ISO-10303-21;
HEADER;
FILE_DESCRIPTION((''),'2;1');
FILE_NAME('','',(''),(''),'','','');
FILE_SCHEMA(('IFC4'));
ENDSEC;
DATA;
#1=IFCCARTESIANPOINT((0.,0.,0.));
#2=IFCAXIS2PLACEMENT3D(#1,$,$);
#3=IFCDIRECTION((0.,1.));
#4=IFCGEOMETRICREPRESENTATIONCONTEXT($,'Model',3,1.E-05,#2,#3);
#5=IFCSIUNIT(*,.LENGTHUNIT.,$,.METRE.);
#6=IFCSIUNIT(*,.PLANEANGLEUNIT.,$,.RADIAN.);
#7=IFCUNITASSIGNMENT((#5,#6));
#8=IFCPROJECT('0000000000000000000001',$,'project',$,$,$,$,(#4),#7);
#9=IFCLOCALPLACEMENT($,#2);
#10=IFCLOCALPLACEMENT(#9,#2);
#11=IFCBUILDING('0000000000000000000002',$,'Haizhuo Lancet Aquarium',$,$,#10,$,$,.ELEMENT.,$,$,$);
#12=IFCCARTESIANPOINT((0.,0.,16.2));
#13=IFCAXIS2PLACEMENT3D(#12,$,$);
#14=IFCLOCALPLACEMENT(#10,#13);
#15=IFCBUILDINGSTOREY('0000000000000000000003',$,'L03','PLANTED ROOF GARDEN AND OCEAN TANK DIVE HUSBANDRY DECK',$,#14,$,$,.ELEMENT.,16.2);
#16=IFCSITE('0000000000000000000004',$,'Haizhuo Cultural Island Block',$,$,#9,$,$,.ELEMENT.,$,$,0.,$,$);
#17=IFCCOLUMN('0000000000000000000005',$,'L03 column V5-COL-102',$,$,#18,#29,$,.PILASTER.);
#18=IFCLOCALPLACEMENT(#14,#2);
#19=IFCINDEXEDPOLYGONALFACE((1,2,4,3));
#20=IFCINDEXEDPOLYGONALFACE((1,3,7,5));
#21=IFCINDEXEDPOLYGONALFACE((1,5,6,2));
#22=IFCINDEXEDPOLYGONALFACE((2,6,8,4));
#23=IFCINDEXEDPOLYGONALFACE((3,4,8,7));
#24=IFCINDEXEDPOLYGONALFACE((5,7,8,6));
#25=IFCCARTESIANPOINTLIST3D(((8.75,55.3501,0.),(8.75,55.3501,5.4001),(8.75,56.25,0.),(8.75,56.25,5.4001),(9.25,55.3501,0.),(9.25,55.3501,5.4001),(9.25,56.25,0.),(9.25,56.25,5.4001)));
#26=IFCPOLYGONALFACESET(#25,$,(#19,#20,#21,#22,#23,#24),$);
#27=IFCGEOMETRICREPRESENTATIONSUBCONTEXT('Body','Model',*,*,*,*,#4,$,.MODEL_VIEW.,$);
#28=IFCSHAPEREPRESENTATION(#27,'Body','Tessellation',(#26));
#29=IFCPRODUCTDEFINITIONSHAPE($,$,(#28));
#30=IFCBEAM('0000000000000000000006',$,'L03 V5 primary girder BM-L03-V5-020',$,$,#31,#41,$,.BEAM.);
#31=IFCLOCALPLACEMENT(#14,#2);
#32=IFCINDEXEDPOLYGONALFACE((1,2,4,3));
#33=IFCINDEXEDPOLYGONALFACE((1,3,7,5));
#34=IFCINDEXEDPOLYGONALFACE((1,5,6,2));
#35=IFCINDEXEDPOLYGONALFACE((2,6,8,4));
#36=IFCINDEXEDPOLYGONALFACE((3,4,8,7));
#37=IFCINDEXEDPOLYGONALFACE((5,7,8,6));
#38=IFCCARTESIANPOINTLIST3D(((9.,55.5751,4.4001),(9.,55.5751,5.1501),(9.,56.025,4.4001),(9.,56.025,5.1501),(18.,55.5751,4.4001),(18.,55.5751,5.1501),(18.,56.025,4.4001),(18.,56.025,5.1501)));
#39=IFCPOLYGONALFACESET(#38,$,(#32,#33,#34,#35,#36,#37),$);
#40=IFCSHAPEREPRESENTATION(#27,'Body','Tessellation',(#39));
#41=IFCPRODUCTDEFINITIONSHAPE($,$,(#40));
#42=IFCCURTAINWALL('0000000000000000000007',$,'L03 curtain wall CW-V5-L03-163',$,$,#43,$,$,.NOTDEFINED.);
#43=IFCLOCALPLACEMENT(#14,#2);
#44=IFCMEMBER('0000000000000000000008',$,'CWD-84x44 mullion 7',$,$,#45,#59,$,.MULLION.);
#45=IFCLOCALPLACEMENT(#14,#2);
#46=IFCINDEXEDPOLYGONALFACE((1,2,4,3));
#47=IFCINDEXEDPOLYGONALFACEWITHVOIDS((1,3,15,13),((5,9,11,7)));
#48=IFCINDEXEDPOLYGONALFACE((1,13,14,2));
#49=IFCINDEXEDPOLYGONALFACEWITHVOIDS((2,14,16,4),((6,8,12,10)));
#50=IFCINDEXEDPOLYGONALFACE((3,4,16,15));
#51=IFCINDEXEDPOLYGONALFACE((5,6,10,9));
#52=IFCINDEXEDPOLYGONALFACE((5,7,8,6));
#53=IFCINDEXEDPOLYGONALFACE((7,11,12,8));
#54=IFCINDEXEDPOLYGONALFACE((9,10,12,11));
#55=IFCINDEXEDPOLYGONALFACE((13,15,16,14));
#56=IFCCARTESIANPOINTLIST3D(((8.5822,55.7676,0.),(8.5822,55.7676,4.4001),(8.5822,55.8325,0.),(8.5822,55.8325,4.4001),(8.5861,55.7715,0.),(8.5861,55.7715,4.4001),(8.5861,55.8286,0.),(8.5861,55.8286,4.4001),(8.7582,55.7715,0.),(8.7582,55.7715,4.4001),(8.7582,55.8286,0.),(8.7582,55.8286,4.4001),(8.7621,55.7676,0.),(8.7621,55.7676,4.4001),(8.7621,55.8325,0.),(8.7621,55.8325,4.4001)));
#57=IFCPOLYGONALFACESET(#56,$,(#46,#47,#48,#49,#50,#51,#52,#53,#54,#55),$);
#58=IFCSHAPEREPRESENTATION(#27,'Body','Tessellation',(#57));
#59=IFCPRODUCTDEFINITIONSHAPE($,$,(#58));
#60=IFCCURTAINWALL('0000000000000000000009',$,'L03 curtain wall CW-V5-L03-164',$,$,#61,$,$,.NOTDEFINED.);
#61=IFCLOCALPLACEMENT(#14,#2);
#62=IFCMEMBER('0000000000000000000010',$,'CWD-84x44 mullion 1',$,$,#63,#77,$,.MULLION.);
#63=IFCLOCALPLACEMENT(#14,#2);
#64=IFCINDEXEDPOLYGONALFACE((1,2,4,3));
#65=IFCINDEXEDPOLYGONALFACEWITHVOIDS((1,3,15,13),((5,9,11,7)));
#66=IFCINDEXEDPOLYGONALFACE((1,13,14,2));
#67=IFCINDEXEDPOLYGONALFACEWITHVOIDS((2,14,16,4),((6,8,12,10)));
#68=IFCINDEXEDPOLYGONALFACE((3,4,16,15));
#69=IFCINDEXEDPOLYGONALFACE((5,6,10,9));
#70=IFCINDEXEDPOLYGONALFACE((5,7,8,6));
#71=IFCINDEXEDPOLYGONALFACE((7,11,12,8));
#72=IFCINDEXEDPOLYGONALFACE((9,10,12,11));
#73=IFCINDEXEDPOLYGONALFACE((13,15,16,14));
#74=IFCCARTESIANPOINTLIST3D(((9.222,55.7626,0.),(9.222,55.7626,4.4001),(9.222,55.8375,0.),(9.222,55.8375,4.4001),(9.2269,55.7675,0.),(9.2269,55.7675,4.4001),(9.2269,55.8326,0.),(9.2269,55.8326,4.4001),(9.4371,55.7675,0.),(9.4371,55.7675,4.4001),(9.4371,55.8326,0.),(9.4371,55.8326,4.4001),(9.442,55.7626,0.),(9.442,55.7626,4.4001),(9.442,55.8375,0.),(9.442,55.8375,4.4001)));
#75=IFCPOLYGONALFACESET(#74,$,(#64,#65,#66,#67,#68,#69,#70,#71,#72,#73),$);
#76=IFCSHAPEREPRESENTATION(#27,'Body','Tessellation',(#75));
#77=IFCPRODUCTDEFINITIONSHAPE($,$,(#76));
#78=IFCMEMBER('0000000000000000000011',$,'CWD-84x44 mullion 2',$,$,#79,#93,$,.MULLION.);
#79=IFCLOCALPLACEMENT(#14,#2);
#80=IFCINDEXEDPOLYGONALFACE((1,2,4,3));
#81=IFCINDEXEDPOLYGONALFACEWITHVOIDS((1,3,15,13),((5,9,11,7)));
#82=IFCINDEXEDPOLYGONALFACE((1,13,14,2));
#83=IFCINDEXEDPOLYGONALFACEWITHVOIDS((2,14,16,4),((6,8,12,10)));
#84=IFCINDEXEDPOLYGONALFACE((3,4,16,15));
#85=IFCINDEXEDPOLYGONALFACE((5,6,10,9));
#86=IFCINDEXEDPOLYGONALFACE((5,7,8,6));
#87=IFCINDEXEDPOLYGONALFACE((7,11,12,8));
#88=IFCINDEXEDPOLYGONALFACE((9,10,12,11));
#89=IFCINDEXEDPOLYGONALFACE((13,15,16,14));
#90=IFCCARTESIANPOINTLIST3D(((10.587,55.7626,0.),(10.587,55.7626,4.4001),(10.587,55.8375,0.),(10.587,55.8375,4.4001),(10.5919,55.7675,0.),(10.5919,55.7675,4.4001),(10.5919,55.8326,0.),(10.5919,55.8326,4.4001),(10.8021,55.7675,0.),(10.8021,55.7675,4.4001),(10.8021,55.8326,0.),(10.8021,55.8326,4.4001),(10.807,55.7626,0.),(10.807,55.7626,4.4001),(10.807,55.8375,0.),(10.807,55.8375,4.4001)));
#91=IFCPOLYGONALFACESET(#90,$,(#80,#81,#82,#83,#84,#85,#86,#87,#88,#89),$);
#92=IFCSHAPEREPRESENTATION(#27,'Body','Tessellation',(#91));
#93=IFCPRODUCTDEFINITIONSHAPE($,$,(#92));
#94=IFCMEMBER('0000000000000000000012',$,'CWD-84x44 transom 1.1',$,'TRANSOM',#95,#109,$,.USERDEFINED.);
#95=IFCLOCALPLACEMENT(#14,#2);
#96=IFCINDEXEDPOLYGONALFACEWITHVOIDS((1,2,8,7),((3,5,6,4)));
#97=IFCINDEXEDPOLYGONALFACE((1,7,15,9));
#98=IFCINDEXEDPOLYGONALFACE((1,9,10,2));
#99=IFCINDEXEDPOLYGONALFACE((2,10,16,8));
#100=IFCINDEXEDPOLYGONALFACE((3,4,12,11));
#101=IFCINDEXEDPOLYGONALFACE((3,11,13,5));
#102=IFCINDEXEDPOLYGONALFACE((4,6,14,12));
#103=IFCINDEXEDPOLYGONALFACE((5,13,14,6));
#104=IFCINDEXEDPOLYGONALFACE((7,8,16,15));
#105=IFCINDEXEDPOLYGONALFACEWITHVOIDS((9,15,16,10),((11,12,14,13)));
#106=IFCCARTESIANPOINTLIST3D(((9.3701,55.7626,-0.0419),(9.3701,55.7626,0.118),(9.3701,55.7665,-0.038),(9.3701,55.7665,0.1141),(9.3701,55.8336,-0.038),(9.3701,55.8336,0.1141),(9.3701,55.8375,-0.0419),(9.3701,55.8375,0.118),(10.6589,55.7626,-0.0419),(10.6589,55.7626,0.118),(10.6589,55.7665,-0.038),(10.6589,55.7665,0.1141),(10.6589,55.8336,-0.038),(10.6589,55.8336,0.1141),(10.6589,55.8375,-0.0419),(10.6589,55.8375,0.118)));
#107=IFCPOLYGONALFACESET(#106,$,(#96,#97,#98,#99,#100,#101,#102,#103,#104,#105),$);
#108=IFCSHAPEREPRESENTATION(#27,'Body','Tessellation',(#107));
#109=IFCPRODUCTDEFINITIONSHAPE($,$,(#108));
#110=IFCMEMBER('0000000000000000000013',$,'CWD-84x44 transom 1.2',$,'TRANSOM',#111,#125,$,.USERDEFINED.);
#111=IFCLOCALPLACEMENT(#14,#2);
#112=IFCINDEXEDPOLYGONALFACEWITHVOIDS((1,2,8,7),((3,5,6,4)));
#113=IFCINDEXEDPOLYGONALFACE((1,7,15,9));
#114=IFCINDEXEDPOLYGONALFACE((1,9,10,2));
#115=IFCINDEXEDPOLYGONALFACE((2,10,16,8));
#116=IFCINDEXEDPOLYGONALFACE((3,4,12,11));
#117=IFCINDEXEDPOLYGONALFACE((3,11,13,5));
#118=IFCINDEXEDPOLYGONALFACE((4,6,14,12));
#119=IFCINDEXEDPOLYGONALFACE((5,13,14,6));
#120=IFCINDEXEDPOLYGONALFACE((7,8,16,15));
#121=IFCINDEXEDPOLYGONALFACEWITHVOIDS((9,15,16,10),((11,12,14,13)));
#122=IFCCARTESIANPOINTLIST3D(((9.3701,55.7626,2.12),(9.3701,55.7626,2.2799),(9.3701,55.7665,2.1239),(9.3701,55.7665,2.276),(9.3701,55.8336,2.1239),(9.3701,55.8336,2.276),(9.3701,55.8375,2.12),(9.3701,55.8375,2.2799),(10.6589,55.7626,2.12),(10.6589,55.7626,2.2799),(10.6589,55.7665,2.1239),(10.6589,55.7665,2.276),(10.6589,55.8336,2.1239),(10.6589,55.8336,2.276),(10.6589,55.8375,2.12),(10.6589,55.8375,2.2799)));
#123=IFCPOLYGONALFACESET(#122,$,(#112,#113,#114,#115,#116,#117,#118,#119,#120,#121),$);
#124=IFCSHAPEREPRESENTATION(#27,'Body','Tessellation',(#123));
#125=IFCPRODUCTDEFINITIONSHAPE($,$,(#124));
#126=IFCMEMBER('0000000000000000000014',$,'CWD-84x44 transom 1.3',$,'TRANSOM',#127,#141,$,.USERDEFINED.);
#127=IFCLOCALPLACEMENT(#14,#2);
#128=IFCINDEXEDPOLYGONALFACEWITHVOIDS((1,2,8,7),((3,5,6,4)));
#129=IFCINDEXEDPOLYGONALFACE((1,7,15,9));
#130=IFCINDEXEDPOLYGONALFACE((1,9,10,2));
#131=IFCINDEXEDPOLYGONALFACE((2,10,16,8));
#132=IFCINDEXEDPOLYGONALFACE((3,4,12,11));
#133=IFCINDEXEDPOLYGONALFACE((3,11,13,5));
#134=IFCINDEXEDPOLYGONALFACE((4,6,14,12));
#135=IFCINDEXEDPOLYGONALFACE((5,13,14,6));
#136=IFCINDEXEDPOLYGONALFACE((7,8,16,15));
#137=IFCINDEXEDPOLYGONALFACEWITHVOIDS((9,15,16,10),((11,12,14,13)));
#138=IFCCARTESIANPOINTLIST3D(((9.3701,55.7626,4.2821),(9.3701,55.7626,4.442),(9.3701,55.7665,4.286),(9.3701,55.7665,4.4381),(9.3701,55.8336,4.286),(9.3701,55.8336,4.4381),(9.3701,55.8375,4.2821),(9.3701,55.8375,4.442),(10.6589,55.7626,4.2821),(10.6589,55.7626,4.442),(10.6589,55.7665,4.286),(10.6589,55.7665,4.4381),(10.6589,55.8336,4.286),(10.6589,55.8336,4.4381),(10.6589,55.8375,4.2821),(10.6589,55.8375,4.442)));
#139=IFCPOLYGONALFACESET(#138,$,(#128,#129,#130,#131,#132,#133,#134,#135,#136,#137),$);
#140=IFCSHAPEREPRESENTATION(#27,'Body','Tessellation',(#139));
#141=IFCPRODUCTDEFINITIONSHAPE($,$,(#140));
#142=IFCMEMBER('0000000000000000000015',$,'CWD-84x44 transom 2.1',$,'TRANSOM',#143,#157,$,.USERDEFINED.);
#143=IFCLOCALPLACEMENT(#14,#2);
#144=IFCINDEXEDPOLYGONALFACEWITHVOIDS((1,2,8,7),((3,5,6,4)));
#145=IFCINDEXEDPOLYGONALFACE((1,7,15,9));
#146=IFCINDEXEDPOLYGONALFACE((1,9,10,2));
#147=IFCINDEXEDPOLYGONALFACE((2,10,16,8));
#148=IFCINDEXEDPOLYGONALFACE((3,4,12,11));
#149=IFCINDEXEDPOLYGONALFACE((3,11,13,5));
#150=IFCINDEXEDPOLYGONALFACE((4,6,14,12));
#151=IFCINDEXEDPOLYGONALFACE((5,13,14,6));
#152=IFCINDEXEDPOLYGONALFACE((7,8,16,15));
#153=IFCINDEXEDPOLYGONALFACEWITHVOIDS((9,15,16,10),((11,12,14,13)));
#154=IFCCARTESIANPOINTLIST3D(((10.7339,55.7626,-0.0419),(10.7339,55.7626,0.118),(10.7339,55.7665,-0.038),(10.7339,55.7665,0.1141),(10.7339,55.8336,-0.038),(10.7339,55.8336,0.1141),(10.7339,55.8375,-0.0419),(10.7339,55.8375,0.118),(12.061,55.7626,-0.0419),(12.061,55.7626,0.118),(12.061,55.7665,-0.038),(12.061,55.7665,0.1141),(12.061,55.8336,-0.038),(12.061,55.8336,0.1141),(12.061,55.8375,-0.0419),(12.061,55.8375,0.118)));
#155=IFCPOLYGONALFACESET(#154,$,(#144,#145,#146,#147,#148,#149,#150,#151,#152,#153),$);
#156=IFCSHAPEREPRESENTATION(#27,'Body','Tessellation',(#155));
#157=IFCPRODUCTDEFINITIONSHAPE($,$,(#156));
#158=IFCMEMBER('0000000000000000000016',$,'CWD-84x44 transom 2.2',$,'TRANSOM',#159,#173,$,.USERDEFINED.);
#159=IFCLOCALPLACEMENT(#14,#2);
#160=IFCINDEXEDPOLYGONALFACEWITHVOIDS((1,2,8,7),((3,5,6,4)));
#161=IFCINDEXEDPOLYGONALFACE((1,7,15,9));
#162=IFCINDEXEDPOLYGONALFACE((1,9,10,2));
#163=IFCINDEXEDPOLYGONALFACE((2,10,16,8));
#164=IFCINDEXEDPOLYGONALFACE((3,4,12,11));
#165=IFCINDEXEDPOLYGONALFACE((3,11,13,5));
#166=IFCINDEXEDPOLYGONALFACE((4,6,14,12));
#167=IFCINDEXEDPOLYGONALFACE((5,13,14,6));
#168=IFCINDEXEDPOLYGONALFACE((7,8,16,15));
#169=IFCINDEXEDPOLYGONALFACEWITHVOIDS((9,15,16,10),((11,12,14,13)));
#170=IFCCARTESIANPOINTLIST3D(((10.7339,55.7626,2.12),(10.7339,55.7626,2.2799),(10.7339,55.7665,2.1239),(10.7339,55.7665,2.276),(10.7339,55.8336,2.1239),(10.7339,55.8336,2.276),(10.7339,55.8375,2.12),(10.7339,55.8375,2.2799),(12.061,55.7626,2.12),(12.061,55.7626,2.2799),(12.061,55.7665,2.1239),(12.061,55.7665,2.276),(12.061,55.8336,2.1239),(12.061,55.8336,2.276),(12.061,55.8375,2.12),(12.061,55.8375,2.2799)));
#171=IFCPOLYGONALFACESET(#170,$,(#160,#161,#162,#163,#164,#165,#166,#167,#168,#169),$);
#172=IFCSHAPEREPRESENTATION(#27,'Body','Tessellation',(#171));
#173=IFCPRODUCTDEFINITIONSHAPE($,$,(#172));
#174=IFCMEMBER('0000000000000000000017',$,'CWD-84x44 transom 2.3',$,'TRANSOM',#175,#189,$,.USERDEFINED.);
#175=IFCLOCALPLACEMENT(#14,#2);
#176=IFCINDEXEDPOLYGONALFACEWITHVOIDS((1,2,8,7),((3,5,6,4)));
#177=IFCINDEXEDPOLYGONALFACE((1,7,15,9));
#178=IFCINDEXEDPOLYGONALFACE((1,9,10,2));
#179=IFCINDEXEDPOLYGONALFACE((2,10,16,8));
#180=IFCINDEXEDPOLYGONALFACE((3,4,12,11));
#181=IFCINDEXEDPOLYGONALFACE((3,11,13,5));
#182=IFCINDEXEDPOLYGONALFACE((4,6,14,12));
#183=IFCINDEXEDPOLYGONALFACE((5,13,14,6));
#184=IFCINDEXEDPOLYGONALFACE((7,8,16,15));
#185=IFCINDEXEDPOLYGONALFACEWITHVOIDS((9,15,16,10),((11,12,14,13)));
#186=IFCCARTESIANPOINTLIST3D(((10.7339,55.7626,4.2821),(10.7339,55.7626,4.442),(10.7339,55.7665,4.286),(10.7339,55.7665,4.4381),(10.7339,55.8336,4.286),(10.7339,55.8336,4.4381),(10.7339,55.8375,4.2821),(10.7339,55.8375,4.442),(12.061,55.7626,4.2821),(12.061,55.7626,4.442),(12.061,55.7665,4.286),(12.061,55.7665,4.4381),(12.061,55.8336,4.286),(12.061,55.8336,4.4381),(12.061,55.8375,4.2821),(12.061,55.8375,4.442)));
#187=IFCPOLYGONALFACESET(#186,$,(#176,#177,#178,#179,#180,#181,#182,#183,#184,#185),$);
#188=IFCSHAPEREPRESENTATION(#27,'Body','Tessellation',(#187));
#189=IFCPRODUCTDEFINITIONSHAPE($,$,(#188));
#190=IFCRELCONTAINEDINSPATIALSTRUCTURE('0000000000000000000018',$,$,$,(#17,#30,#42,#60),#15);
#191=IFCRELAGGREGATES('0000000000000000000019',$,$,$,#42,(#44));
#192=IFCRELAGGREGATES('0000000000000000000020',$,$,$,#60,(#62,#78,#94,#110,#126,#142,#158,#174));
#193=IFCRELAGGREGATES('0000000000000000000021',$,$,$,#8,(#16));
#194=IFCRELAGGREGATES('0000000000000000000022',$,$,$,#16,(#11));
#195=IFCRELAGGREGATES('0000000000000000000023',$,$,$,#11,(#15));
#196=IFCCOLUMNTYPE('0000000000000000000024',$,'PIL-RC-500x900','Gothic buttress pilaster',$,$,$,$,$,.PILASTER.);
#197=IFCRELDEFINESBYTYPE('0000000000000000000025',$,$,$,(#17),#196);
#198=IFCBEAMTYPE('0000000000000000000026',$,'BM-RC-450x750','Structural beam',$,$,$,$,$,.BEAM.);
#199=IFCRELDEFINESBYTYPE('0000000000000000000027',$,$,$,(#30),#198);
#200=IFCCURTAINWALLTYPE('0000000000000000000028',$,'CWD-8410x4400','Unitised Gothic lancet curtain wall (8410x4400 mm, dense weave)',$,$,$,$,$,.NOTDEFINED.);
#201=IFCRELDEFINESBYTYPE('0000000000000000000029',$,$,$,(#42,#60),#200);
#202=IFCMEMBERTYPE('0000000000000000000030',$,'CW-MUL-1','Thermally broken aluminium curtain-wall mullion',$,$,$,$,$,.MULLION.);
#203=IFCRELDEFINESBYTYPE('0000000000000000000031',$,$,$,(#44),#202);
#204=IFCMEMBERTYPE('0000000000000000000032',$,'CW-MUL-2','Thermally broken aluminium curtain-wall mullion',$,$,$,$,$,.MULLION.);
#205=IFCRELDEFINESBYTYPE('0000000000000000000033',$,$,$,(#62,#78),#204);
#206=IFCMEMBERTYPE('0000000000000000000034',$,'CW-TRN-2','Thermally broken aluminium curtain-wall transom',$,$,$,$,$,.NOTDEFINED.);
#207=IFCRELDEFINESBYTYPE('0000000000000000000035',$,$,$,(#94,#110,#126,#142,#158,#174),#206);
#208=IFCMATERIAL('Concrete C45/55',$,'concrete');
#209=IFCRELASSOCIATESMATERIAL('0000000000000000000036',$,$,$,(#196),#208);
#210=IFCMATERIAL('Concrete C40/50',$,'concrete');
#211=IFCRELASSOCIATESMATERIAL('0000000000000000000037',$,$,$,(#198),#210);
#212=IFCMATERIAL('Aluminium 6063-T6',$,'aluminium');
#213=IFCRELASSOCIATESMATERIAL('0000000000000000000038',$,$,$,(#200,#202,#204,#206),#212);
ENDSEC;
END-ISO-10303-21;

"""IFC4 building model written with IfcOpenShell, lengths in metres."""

from ifc_helpers import new_model, si_unit, direction, frame, origin, origin_2d, place, context, subcontext, project, spatial, rectangle, hollow_rectangle, extrude, material, material_profile, profile_set, type_object, element, aggregate, save


model = new_model("IFC4")

# Units and contexts
model_context = context("Model", 3, precision=1e-05, world=origin(), true_north=direction((0.0, 1.0)))
body_context = subcontext(model_context, "Body", "Model", "MODEL_VIEW")
ifc_project = project(units=[si_unit("LENGTHUNIT", "METRE"), si_unit("PLANEANGLEUNIT", "RADIAN")], contexts=[model_context])

# Site, building, storey
site_placement = place(None, origin())
site = spatial("IfcSite", under=ifc_project, at=site_placement, Name="Haizhuo Cultural Island Block", CompositionType="ELEMENT", RefElevation=0.0)
building_placement = place(site_placement, origin())
building = spatial("IfcBuilding", under=site, at=building_placement, Name="Haizhuo Lancet Aquarium", CompositionType="ELEMENT")
storey_placement = place(building_placement, frame((0.0, 0.0, 16.2)))
storey = spatial("IfcBuildingStorey", under=building, at=storey_placement, Name="L03", Description="PLANTED ROOF GARDEN AND OCEAN TANK DIVE HUSBANDRY DECK", CompositionType="ELEMENT", Elevation=16.2)

# Column
ifc_material_1 = material(Name="Concrete C45/55", Category="concrete")
ifc_material_profile_1 = material_profile(ifc_material_1, rectangle(XDim=0.5, YDim=0.8999, at=origin_2d()), Name="RC-PIL 500x900")
ifc_profile_set_1 = profile_set([ifc_material_profile_1], Name="Concrete C45/55")
column_type = type_object("IfcColumnType", Name="PIL-RC-500x900", Description="Gothic buttress pilaster", PredefinedType="PILASTER", material=ifc_profile_set_1)
column_placement = place(storey_placement, frame((9.0, 55.8, 0.0), z_axis=(0.0, 0.0, 1.0), x_axis=(1.0, 0.0, 0.0)))
element("IfcColumn", 1, at=column_placement, inside=storey, type_object=column_type, Name="L03 column V5-COL-102", PredefinedType="PILASTER", context=body_context, shape_type="SweptSolid", body=[
    extrude(rectangle(XDim=0.5, YDim=0.8999, at=origin_2d()), origin(), (0.0, 0.0, 1.0), 5.4001),
])

# Beam
ifc_material_2 = material(Name="Concrete C40/50", Category="concrete")
ifc_material_profile_2 = material_profile(ifc_material_2, rectangle(XDim=0.45, YDim=0.75, at=origin_2d()), Name="RC-BM 450x750")
ifc_profile_set_2 = profile_set([ifc_material_profile_2], Name="Concrete C40/50")
beam_type = type_object("IfcBeamType", Name="BM-RC-450x750", Description="Structural beam", PredefinedType="BEAM", material=ifc_profile_set_2)
beam_placement = place(storey_placement, frame((9.0, 55.8, 4.7751), z_axis=(1.0, 0.0, 0.0), x_axis=(0.0, 1.0, 0.0)))
element("IfcBeam", 2, at=beam_placement, inside=storey, type_object=beam_type, Name="L03 V5 primary girder BM-L03-V5-020", PredefinedType="BEAM", context=body_context, shape_type="SweptSolid", body=[
    extrude(rectangle(XDim=0.45, YDim=0.75, at=origin_2d()), origin(), (0.0, 0.0, 1.0), 9.0),
])

# Curtain wall, member
ifc_material_3 = material(Name="Aluminium 6063-T6", Category="aluminium")
curtain_wall_type = type_object("IfcCurtainWallType", Name="CWD-8410x4400", Description="Unitised Gothic lancet curtain wall (8410x4400 mm, dense weave)", PredefinedType="NOTDEFINED", material=ifc_material_3)
curtain_wall_1_placement = place(storey_placement, origin())
curtain_wall_1 = element("IfcCurtainWall", 3, at=curtain_wall_1_placement, inside=storey, type_object=curtain_wall_type, Name="L03 curtain wall CW-V5-L03-163", PredefinedType="NOTDEFINED")
ifc_material_profile_3 = material_profile(ifc_material_3, hollow_rectangle(XDim=0.0649, YDim=0.1799, WallThickness=0.0039, at=origin_2d()), Name="ALU-M 65x180x4")
ifc_profile_set_3 = profile_set([ifc_material_profile_3], Name="Aluminium 6063-T6")
member_type_1 = type_object("IfcMemberType", Name="CW-MUL-1", Description="Thermally broken aluminium curtain-wall mullion", PredefinedType="MULLION", material=ifc_profile_set_3)
member_1_placement = place(storey_placement, frame((8.6721, 55.8, 0.0), z_axis=(0.0, 0.0, 1.0), x_axis=(0.0, 1.0, 0.0)))
member_1 = element("IfcMember", 4, at=member_1_placement, type_object=member_type_1, Name="CWD-84x44 mullion 7", PredefinedType="MULLION", context=body_context, shape_type="SweptSolid", body=[
    extrude(hollow_rectangle(XDim=0.0649, YDim=0.1799, WallThickness=0.0039, at=origin_2d()), origin(), (0.0, 0.0, 1.0), 4.4001),
])
aggregate(curtain_wall_1, [member_1])

# Curtain wall, members
curtain_wall_2_placement = place(storey_placement, origin())
curtain_wall_2 = element("IfcCurtainWall", 5, at=curtain_wall_2_placement, inside=storey, type_object=curtain_wall_type, Name="L03 curtain wall CW-V5-L03-164", PredefinedType="NOTDEFINED")
ifc_material_profile_4 = material_profile(ifc_material_3, hollow_rectangle(XDim=0.075, YDim=0.22, WallThickness=0.0049, at=origin_2d()), Name="ALU-M 75x220x5")
ifc_profile_set_4 = profile_set([ifc_material_profile_4], Name="Aluminium 6063-T6")
member_type_2 = type_object("IfcMemberType", Name="CW-MUL-2", Description="Thermally broken aluminium curtain-wall mullion", PredefinedType="MULLION", material=ifc_profile_set_4)
member_2_placement = place(storey_placement, frame((9.332, 55.8, 0.0), z_axis=(0.0, 0.0, 1.0), x_axis=(0.0, 1.0, 0.0)))
member_2 = element("IfcMember", 6, at=member_2_placement, type_object=member_type_2, Name="CWD-84x44 mullion 1", PredefinedType="MULLION", context=body_context, shape_type="SweptSolid", body=[
    extrude(hollow_rectangle(XDim=0.075, YDim=0.22, WallThickness=0.0049, at=origin_2d()), origin(), (0.0, 0.0, 1.0), 4.4001),
])
member_3_placement = place(storey_placement, frame((10.697, 55.8, 0.0), z_axis=(0.0, 0.0, 1.0), x_axis=(0.0, 1.0, 0.0)))
member_3 = element("IfcMember", 7, at=member_3_placement, type_object=member_type_2, Name="CWD-84x44 mullion 2", PredefinedType="MULLION", context=body_context, shape_type="SweptSolid", body=[
    extrude(hollow_rectangle(XDim=0.075, YDim=0.22, WallThickness=0.0049, at=origin_2d()), origin(), (0.0, 0.0, 1.0), 4.4001),
])
ifc_material_profile_5 = material_profile(ifc_material_3, hollow_rectangle(XDim=0.075, YDim=0.1599, WallThickness=0.0039, at=origin_2d()), Name="ALU-T 75x160x4")
ifc_profile_set_5 = profile_set([ifc_material_profile_5], Name="Aluminium 6063-T6")
member_type_3 = type_object("IfcMemberType", Name="CW-TRN-2", Description="Thermally broken aluminium curtain-wall transom", PredefinedType="NOTDEFINED", material=ifc_profile_set_5)
member_4_placement = place(storey_placement, frame((9.3701, 55.8, 0.0381), z_axis=(1.0, 0.0, 0.0), x_axis=(0.0, 1.0, 0.0)))
member_4 = element("IfcMember", 8, at=member_4_placement, type_object=member_type_3, Name="CWD-84x44 transom 1.1", ObjectType="TRANSOM", PredefinedType="USERDEFINED", context=body_context, shape_type="SweptSolid", body=[
    extrude(hollow_rectangle(XDim=0.075, YDim=0.1599, WallThickness=0.0039, at=origin_2d()), origin(), (0.0, 0.0, 1.0), 1.2888),
])
member_5_placement = place(storey_placement, frame((9.3701, 55.8, 2.2), z_axis=(1.0, 0.0, 0.0), x_axis=(0.0, 1.0, 0.0)))
member_5 = element("IfcMember", 9, at=member_5_placement, type_object=member_type_3, Name="CWD-84x44 transom 1.2", ObjectType="TRANSOM", PredefinedType="USERDEFINED", context=body_context, shape_type="SweptSolid", body=[
    extrude(hollow_rectangle(XDim=0.075, YDim=0.1599, WallThickness=0.0039, at=origin_2d()), origin(), (0.0, 0.0, 1.0), 1.2888),
])
member_6_placement = place(storey_placement, frame((9.3701, 55.8, 4.3621), z_axis=(1.0, 0.0, 0.0), x_axis=(0.0, 1.0, 0.0)))
member_6 = element("IfcMember", 10, at=member_6_placement, type_object=member_type_3, Name="CWD-84x44 transom 1.3", ObjectType="TRANSOM", PredefinedType="USERDEFINED", context=body_context, shape_type="SweptSolid", body=[
    extrude(hollow_rectangle(XDim=0.075, YDim=0.1599, WallThickness=0.0039, at=origin_2d()), origin(), (0.0, 0.0, 1.0), 1.2888),
])
member_7_placement = place(storey_placement, frame((10.7339, 55.8, 0.0381), z_axis=(1.0, 0.0, 0.0), x_axis=(0.0, 1.0, 0.0)))
member_7 = element("IfcMember", 11, at=member_7_placement, type_object=member_type_3, Name="CWD-84x44 transom 2.1", ObjectType="TRANSOM", PredefinedType="USERDEFINED", context=body_context, shape_type="SweptSolid", body=[
    extrude(hollow_rectangle(XDim=0.075, YDim=0.1599, WallThickness=0.0039, at=origin_2d()), origin(), (0.0, 0.0, 1.0), 1.3271),
])
member_8_placement = place(storey_placement, frame((10.7339, 55.8, 2.2), z_axis=(1.0, 0.0, 0.0), x_axis=(0.0, 1.0, 0.0)))
member_8 = element("IfcMember", 12, at=member_8_placement, type_object=member_type_3, Name="CWD-84x44 transom 2.2", ObjectType="TRANSOM", PredefinedType="USERDEFINED", context=body_context, shape_type="SweptSolid", body=[
    extrude(hollow_rectangle(XDim=0.075, YDim=0.1599, WallThickness=0.0039, at=origin_2d()), origin(), (0.0, 0.0, 1.0), 1.3271),
])
member_9_placement = place(storey_placement, frame((10.7339, 55.8, 4.3621), z_axis=(1.0, 0.0, 0.0), x_axis=(0.0, 1.0, 0.0)))
member_9 = element("IfcMember", 13, at=member_9_placement, type_object=member_type_3, Name="CWD-84x44 transom 2.3", ObjectType="TRANSOM", PredefinedType="USERDEFINED", context=body_context, shape_type="SweptSolid", body=[
    extrude(hollow_rectangle(XDim=0.075, YDim=0.1599, WallThickness=0.0039, at=origin_2d()), origin(), (0.0, 0.0, 1.0), 1.3271),
])

aggregate(curtain_wall_2, [member_2, member_3, member_4, member_5, member_6, member_7, member_8, member_9])

save(model, "model.ifc")
